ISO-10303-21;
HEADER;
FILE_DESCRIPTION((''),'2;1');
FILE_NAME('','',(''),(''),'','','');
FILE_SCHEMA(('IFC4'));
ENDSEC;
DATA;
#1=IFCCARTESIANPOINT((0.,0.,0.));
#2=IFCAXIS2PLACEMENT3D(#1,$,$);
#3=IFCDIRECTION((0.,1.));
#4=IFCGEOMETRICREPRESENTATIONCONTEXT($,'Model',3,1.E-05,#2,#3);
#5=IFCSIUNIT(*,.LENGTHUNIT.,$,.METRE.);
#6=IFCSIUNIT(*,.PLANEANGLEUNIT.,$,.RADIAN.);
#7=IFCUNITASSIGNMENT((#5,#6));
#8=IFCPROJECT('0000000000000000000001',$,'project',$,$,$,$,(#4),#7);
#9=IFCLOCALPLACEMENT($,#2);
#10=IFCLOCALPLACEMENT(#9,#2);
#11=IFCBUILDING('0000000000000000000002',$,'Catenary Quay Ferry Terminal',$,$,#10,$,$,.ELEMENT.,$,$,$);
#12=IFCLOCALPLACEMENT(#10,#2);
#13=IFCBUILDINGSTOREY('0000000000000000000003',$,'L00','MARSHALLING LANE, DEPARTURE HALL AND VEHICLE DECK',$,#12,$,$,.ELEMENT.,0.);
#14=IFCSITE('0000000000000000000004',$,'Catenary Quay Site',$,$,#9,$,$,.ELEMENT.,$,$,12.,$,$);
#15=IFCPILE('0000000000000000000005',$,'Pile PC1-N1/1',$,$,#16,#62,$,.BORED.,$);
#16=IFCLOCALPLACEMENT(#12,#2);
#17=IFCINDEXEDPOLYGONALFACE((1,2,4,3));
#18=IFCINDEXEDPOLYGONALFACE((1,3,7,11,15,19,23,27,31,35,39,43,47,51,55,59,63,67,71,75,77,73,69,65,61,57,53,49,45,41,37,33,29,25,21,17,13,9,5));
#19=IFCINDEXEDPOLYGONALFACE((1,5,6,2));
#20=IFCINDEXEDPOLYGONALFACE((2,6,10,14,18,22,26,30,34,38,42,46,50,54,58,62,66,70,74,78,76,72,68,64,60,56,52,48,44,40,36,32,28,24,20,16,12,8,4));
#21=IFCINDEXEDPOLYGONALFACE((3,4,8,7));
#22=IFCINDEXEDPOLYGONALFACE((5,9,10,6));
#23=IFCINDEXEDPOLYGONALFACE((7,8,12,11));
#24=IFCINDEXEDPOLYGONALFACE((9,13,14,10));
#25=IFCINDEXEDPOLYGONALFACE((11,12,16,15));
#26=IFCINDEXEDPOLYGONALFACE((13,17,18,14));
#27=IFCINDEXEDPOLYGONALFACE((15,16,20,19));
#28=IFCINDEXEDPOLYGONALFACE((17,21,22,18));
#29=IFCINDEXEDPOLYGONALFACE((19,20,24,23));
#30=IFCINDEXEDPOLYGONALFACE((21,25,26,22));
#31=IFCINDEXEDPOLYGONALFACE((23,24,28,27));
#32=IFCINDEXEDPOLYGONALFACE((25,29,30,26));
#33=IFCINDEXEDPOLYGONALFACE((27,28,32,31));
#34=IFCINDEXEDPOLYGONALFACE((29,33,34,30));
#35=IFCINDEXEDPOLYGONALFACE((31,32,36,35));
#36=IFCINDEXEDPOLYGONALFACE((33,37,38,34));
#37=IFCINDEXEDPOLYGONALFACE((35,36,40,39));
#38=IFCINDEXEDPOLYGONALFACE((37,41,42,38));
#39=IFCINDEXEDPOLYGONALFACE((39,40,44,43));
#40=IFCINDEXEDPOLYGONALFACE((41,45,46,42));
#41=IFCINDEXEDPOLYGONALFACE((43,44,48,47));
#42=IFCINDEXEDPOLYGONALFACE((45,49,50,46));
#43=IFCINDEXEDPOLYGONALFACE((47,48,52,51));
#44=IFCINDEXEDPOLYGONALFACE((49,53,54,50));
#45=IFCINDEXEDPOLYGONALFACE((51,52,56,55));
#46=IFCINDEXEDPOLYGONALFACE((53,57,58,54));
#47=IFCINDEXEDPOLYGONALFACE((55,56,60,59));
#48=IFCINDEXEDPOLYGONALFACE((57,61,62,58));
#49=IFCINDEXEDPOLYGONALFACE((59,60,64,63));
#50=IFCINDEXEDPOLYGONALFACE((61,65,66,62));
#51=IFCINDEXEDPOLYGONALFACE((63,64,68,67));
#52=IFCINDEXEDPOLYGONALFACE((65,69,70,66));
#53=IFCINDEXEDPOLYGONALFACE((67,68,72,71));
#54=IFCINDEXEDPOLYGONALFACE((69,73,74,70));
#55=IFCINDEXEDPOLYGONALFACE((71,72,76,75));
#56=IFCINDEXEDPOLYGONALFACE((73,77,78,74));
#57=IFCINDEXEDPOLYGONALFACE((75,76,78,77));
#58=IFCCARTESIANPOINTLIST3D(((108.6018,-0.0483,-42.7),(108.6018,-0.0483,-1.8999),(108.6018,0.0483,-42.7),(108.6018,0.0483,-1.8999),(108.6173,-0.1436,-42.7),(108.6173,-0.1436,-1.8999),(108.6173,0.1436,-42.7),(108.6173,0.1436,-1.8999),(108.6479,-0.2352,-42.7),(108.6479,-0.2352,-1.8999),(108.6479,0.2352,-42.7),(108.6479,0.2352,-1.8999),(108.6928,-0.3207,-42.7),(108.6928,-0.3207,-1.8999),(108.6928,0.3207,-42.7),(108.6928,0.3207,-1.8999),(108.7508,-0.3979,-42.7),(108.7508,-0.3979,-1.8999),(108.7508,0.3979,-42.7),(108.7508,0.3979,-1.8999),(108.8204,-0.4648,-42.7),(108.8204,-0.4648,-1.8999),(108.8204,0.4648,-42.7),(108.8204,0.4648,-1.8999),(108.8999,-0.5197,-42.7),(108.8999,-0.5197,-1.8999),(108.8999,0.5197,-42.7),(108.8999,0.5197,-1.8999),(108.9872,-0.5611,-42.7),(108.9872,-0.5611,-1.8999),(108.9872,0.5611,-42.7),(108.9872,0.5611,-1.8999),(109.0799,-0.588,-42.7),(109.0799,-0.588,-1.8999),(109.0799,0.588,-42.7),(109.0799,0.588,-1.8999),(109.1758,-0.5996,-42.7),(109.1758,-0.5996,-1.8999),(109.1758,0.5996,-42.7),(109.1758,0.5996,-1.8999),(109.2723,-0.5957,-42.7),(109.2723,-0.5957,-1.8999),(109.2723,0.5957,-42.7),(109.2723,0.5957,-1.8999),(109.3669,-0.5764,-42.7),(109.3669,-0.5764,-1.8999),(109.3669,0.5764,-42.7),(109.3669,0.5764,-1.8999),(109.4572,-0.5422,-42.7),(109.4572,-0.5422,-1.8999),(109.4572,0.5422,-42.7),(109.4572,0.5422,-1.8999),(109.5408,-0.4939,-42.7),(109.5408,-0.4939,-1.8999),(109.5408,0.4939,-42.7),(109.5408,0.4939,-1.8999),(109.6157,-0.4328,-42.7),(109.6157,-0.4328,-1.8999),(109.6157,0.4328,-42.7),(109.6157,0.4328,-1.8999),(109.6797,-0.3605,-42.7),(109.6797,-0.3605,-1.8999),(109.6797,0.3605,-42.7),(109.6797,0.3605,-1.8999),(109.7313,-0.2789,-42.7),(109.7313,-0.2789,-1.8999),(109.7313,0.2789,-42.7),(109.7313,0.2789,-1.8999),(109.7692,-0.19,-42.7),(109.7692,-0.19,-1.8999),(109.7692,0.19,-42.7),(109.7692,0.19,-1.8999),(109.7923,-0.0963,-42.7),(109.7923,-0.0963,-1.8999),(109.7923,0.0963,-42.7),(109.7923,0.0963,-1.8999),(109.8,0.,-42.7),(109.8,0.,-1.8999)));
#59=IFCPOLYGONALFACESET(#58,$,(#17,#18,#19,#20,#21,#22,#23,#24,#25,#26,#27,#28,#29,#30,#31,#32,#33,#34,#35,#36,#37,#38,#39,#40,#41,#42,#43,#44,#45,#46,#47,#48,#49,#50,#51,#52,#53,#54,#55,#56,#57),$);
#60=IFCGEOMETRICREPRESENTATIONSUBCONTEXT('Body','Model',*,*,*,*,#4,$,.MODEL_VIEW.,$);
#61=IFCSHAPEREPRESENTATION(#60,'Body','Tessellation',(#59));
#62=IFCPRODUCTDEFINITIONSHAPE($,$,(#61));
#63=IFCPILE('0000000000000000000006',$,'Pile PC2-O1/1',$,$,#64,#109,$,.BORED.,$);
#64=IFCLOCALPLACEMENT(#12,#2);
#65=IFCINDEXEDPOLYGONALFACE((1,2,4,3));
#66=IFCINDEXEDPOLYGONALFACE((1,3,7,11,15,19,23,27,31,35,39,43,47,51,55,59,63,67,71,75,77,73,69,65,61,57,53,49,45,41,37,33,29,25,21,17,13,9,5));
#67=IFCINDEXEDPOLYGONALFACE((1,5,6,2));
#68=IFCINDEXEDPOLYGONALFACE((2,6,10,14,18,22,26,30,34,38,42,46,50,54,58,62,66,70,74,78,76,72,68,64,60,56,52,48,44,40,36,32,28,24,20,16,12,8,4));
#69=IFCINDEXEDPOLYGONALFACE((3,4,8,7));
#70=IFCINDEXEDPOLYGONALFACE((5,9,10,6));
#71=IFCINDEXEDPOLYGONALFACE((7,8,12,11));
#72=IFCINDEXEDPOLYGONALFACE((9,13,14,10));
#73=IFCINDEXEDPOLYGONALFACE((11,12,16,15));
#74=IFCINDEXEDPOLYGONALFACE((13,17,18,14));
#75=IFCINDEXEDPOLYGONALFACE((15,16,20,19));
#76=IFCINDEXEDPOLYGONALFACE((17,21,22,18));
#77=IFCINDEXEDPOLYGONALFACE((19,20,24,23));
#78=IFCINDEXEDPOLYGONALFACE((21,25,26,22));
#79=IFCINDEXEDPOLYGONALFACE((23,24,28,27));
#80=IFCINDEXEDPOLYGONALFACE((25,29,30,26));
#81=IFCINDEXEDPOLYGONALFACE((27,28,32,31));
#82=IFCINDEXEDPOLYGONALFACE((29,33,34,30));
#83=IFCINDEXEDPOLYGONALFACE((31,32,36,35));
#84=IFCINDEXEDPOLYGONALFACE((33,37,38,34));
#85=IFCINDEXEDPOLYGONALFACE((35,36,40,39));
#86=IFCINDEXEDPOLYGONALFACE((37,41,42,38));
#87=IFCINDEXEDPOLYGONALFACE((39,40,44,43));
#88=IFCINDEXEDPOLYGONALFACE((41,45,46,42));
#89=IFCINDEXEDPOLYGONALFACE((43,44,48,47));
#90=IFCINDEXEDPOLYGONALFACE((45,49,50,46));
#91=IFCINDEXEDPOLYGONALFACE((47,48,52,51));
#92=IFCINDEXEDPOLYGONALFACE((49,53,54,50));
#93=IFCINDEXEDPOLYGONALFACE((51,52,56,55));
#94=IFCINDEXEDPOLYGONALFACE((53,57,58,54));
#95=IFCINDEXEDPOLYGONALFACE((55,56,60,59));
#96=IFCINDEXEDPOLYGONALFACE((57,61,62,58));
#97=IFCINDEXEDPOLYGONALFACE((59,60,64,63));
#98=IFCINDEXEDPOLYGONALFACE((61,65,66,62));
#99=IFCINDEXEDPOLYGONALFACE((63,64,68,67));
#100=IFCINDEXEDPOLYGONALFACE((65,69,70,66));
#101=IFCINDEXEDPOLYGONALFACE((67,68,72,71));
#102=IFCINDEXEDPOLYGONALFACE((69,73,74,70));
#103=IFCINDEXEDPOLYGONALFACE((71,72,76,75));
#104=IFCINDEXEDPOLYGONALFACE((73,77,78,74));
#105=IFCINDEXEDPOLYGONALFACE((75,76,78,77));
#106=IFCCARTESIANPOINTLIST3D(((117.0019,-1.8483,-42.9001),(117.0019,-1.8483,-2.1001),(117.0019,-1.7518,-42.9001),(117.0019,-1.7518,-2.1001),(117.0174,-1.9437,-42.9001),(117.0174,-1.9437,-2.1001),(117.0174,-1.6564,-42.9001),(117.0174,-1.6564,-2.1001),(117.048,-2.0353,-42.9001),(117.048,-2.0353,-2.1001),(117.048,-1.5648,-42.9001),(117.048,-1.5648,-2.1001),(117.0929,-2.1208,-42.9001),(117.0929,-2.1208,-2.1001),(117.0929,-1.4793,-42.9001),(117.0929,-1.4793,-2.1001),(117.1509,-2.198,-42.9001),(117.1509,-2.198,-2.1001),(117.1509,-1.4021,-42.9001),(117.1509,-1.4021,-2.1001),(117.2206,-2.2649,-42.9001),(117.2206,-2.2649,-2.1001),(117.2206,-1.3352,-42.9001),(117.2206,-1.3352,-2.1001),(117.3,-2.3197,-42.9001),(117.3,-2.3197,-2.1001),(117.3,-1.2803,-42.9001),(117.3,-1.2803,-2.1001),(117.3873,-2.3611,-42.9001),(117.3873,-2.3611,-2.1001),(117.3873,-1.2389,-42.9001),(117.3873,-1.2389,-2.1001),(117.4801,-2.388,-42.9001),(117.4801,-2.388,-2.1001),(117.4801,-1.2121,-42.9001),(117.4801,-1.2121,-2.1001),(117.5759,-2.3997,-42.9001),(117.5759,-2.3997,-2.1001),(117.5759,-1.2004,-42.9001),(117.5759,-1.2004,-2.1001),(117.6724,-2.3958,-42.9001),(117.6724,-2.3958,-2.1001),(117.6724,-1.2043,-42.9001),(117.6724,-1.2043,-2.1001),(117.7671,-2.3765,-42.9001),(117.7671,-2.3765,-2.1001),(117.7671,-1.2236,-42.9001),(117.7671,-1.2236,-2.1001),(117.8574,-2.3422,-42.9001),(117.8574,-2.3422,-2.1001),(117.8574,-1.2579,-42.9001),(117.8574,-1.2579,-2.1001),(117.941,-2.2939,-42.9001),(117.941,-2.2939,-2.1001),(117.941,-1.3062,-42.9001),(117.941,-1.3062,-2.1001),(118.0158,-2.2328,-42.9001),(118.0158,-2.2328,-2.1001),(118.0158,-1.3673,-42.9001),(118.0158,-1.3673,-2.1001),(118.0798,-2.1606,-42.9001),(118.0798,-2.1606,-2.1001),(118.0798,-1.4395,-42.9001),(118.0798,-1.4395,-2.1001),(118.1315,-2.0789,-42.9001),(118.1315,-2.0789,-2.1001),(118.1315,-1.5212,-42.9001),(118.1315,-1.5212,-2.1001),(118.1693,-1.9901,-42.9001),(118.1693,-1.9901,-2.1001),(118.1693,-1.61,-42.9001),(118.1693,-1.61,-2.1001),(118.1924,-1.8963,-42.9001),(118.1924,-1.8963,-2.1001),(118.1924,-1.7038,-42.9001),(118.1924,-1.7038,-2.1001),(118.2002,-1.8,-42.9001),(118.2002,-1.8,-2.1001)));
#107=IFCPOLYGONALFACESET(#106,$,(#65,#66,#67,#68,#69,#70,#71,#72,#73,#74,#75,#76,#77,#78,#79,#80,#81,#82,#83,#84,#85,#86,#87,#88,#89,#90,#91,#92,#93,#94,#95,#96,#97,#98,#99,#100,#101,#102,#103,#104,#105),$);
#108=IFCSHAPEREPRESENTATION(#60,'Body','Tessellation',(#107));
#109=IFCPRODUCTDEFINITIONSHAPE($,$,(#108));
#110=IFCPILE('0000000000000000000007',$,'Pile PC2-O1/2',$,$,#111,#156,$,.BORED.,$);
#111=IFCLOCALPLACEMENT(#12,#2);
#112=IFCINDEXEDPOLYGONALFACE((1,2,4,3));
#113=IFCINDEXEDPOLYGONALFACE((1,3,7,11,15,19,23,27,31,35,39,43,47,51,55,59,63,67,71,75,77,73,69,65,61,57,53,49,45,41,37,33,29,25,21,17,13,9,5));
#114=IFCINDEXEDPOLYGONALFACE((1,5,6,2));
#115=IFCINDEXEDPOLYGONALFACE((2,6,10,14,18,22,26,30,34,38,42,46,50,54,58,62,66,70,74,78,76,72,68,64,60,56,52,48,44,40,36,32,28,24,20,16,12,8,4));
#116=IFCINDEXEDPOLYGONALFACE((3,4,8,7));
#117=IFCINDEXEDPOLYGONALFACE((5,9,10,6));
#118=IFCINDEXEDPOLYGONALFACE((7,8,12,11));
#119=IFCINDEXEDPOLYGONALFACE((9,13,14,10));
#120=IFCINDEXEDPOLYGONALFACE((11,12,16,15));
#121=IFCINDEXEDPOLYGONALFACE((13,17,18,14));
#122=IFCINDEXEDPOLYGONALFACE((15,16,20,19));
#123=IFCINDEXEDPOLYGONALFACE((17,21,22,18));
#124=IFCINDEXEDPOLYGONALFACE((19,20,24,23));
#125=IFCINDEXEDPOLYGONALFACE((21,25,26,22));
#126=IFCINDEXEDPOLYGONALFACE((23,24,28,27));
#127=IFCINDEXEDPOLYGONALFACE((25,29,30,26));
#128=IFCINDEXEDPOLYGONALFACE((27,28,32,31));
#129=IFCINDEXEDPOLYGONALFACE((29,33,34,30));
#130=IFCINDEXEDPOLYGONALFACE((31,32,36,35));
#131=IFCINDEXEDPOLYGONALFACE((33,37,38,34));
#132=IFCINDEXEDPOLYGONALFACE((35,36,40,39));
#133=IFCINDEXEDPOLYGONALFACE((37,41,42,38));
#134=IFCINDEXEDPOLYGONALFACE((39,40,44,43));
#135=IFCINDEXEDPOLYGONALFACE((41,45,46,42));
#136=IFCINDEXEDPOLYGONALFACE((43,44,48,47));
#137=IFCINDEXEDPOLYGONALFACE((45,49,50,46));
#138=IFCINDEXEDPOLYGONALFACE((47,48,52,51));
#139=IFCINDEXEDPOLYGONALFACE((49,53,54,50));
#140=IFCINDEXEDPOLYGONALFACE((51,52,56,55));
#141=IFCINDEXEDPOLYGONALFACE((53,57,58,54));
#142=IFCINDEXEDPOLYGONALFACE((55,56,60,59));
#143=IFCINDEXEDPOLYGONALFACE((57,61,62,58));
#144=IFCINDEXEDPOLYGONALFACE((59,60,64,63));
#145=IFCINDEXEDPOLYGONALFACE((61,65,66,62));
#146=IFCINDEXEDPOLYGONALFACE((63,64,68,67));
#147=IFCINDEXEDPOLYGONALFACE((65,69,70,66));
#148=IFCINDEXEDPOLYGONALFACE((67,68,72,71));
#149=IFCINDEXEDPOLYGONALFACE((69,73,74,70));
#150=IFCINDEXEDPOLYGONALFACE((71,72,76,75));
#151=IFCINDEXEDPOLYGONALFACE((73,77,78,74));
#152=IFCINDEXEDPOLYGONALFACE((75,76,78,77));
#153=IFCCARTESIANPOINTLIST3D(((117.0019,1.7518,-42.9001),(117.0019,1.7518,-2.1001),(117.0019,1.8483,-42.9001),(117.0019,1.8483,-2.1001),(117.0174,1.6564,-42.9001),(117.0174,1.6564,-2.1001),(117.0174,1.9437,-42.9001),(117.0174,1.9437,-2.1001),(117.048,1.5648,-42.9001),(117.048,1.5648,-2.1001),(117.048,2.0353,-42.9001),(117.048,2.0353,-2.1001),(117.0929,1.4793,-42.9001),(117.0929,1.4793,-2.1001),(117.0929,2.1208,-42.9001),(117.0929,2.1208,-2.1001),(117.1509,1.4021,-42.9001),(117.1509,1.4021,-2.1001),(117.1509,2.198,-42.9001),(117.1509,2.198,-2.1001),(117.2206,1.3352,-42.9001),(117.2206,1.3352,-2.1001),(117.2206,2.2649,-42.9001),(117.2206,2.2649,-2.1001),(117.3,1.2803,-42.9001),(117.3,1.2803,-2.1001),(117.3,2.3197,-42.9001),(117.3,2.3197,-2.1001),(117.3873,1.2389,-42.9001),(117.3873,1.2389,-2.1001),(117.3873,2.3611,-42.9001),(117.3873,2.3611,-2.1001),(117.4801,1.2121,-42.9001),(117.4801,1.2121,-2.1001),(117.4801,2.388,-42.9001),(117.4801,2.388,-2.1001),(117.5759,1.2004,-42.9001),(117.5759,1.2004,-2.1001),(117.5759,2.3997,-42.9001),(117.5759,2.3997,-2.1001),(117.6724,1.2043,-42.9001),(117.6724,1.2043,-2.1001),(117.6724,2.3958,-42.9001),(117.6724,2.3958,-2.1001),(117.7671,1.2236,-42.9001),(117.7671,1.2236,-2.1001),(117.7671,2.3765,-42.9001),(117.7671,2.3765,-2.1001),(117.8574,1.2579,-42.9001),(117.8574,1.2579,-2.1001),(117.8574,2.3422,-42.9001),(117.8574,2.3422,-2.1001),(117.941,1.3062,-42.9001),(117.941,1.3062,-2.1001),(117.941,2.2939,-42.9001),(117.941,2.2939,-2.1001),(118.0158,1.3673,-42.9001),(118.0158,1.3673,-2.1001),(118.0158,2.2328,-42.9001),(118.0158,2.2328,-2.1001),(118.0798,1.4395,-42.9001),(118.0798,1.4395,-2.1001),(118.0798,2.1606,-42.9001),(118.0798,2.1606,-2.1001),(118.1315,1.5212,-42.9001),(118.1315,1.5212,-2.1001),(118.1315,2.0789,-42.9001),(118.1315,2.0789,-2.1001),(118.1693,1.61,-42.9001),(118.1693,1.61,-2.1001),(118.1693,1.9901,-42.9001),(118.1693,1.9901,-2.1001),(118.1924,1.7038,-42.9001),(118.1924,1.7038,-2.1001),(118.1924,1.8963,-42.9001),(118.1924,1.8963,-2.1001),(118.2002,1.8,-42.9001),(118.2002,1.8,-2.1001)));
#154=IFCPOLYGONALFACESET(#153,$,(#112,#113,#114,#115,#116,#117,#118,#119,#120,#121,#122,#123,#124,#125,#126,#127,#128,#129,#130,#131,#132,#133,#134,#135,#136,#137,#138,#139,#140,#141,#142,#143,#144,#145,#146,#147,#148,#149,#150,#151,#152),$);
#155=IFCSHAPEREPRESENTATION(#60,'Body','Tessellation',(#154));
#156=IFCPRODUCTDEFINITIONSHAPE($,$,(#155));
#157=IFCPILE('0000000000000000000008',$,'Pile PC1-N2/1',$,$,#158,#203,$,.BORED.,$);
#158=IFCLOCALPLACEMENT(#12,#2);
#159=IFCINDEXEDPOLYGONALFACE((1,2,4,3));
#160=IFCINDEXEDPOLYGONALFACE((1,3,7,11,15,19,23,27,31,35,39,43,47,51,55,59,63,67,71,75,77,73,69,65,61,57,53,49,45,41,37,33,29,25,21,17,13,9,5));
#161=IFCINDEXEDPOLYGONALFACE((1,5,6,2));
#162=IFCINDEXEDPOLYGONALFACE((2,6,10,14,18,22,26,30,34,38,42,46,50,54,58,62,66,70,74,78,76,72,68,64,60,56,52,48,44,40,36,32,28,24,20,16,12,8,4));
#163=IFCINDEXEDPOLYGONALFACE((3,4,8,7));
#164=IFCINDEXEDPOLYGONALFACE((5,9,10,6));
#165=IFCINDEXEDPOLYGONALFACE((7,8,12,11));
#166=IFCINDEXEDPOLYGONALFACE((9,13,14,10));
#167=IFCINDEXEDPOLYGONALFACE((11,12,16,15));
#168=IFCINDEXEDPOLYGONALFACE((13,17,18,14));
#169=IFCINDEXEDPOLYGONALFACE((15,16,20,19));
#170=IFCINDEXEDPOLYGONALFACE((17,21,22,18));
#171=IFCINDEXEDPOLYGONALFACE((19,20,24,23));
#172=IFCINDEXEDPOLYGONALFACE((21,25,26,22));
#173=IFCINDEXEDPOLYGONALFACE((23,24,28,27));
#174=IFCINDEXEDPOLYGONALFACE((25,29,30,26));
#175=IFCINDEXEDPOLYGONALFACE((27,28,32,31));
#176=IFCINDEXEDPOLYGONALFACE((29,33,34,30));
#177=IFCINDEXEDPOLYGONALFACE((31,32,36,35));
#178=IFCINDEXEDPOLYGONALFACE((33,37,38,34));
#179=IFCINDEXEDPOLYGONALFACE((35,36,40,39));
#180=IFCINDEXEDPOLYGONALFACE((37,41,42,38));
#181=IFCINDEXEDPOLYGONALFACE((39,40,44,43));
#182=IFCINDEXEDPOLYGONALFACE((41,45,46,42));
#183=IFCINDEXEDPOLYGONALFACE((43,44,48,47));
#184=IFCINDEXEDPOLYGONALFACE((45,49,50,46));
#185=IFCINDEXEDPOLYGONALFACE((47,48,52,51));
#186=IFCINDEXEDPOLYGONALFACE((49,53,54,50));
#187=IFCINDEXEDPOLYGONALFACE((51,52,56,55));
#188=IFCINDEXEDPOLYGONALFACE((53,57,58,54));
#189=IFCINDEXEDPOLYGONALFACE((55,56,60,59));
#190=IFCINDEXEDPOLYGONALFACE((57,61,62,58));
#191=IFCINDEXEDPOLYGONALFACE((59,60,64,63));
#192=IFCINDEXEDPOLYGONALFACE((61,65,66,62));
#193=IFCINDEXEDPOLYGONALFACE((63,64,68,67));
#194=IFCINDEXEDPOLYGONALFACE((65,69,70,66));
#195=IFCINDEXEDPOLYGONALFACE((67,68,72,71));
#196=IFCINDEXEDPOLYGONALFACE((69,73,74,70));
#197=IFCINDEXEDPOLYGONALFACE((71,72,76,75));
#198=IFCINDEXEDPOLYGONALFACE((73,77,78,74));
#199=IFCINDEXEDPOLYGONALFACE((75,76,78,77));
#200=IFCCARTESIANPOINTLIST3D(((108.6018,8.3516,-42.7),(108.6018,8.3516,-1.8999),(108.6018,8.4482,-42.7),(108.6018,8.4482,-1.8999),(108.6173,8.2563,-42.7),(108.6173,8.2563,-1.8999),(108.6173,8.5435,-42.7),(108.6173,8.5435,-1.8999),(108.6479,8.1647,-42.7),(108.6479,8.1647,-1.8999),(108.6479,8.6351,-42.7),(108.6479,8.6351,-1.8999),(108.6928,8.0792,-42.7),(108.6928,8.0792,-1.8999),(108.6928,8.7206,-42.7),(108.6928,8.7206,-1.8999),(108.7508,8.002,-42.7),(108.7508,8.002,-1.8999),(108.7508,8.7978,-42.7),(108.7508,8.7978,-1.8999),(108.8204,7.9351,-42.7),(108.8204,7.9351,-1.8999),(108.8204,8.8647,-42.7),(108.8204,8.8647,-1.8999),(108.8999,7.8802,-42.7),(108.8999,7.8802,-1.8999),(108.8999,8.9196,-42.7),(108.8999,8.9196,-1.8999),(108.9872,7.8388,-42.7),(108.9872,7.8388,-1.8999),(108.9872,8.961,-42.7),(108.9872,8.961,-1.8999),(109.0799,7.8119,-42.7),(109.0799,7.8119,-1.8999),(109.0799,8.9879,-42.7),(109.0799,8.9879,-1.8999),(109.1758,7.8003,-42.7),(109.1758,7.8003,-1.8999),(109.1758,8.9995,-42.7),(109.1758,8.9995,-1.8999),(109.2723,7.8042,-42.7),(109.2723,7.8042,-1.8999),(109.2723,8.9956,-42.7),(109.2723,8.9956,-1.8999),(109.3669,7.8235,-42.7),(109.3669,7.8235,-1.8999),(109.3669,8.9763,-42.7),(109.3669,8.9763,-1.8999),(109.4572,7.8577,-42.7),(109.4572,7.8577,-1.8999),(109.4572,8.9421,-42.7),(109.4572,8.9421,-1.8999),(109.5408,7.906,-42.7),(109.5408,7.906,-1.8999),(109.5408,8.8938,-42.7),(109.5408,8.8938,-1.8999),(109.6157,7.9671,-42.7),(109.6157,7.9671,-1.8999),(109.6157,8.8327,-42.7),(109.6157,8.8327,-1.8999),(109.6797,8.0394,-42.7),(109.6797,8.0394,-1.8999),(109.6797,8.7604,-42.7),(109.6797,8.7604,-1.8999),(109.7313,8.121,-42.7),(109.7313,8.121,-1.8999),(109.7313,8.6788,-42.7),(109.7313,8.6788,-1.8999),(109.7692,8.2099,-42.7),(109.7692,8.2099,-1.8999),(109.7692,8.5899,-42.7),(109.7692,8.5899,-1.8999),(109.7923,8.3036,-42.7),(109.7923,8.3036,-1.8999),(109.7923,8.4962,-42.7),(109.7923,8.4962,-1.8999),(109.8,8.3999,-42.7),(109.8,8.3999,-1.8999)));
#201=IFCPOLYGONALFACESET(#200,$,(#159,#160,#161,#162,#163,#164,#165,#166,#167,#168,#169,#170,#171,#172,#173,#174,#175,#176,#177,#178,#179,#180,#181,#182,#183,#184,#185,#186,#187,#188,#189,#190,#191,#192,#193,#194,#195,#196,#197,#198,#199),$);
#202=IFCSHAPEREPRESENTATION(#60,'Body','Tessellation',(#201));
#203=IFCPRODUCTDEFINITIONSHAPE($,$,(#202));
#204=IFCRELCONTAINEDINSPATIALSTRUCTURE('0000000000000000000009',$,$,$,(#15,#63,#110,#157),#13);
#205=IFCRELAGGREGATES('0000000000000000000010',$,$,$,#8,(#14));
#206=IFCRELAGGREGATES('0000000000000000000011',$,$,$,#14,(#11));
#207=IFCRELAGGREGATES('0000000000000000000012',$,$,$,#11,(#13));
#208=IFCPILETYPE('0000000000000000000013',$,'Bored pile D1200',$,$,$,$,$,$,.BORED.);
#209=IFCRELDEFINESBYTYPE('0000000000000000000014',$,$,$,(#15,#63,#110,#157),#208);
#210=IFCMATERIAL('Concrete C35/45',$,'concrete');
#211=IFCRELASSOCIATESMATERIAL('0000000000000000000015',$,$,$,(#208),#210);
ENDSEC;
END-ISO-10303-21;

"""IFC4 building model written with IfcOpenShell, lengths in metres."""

from ifc_helpers import new_model, si_unit, direction, frame, origin, origin_2d, place, context, subcontext, project, spatial, circle, extrude, material, material_profile, profile_set, type_object, element, save


model = new_model("IFC4")

# Units and contexts
model_context = context("Model", 3, precision=1e-05, world=origin(), true_north=direction((0.0, 1.0)))
body_context = subcontext(model_context, "Body", "Model", "MODEL_VIEW")
ifc_project = project(units=[si_unit("LENGTHUNIT", "METRE"), si_unit("PLANEANGLEUNIT", "RADIAN")], contexts=[model_context])

# Site, building, storey
site_placement = place(None, origin())
site = spatial("IfcSite", under=ifc_project, at=site_placement, Name="Catenary Quay Site", CompositionType="ELEMENT", RefElevation=12.0)
building_placement = place(site_placement, origin())
building = spatial("IfcBuilding", under=site, at=building_placement, Name="Catenary Quay Ferry Terminal", CompositionType="ELEMENT")
storey_placement = place(building_placement, origin())
storey = spatial("IfcBuildingStorey", under=building, at=storey_placement, Name="L00", Description="MARSHALLING LANE, DEPARTURE HALL AND VEHICLE DECK", CompositionType="ELEMENT", Elevation=0.0)

# Piles
ifc_material_1 = material(Name="Concrete C35/45", Category="concrete")
ifc_material_profile_1 = material_profile(ifc_material_1, circle(Radius=0.6001, at=origin_2d()), Name="D1200")
ifc_profile_set_1 = profile_set([ifc_material_profile_1], Name="Concrete C35/45")
pile_type = type_object("IfcPileType", Name="Bored pile D1200", PredefinedType="BORED", material=ifc_profile_set_1)
for number, where, z_axis, x_axis, name in (
    (1, (109.2, 0.0, -1.8999), (0.0, 0.0, -1.0), (1.0, 0.0, 0.0), "Pile PC1-N1/1"),
    (2, (117.6001, -1.8, -2.1001), (0.0, 0.0, -1.0), (1.0, 0.0, 0.0), "Pile PC2-O1/1"),
    (3, (117.6001, 1.8, -2.1001), (0.0, 0.0, -1.0), (1.0, 0.0, 0.0), "Pile PC2-O1/2"),
    (4, (109.2, 8.3999, -1.8999), (0.0, 0.0, -1.0), (1.0, 0.0, 0.0), "Pile PC1-N2/1"),
):
    element("IfcPile", number, at=place(storey_placement, frame(where, z_axis=z_axis, x_axis=x_axis)), inside=storey, type_object=pile_type, Name=name, PredefinedType="BORED", context=body_context, shape_type="SweptSolid", body=[
        extrude(circle(Radius=0.6001, at=origin_2d()), origin(), (0.0, 0.0, 1.0), 40.8),
    ])

save(model, "model.ifc")
